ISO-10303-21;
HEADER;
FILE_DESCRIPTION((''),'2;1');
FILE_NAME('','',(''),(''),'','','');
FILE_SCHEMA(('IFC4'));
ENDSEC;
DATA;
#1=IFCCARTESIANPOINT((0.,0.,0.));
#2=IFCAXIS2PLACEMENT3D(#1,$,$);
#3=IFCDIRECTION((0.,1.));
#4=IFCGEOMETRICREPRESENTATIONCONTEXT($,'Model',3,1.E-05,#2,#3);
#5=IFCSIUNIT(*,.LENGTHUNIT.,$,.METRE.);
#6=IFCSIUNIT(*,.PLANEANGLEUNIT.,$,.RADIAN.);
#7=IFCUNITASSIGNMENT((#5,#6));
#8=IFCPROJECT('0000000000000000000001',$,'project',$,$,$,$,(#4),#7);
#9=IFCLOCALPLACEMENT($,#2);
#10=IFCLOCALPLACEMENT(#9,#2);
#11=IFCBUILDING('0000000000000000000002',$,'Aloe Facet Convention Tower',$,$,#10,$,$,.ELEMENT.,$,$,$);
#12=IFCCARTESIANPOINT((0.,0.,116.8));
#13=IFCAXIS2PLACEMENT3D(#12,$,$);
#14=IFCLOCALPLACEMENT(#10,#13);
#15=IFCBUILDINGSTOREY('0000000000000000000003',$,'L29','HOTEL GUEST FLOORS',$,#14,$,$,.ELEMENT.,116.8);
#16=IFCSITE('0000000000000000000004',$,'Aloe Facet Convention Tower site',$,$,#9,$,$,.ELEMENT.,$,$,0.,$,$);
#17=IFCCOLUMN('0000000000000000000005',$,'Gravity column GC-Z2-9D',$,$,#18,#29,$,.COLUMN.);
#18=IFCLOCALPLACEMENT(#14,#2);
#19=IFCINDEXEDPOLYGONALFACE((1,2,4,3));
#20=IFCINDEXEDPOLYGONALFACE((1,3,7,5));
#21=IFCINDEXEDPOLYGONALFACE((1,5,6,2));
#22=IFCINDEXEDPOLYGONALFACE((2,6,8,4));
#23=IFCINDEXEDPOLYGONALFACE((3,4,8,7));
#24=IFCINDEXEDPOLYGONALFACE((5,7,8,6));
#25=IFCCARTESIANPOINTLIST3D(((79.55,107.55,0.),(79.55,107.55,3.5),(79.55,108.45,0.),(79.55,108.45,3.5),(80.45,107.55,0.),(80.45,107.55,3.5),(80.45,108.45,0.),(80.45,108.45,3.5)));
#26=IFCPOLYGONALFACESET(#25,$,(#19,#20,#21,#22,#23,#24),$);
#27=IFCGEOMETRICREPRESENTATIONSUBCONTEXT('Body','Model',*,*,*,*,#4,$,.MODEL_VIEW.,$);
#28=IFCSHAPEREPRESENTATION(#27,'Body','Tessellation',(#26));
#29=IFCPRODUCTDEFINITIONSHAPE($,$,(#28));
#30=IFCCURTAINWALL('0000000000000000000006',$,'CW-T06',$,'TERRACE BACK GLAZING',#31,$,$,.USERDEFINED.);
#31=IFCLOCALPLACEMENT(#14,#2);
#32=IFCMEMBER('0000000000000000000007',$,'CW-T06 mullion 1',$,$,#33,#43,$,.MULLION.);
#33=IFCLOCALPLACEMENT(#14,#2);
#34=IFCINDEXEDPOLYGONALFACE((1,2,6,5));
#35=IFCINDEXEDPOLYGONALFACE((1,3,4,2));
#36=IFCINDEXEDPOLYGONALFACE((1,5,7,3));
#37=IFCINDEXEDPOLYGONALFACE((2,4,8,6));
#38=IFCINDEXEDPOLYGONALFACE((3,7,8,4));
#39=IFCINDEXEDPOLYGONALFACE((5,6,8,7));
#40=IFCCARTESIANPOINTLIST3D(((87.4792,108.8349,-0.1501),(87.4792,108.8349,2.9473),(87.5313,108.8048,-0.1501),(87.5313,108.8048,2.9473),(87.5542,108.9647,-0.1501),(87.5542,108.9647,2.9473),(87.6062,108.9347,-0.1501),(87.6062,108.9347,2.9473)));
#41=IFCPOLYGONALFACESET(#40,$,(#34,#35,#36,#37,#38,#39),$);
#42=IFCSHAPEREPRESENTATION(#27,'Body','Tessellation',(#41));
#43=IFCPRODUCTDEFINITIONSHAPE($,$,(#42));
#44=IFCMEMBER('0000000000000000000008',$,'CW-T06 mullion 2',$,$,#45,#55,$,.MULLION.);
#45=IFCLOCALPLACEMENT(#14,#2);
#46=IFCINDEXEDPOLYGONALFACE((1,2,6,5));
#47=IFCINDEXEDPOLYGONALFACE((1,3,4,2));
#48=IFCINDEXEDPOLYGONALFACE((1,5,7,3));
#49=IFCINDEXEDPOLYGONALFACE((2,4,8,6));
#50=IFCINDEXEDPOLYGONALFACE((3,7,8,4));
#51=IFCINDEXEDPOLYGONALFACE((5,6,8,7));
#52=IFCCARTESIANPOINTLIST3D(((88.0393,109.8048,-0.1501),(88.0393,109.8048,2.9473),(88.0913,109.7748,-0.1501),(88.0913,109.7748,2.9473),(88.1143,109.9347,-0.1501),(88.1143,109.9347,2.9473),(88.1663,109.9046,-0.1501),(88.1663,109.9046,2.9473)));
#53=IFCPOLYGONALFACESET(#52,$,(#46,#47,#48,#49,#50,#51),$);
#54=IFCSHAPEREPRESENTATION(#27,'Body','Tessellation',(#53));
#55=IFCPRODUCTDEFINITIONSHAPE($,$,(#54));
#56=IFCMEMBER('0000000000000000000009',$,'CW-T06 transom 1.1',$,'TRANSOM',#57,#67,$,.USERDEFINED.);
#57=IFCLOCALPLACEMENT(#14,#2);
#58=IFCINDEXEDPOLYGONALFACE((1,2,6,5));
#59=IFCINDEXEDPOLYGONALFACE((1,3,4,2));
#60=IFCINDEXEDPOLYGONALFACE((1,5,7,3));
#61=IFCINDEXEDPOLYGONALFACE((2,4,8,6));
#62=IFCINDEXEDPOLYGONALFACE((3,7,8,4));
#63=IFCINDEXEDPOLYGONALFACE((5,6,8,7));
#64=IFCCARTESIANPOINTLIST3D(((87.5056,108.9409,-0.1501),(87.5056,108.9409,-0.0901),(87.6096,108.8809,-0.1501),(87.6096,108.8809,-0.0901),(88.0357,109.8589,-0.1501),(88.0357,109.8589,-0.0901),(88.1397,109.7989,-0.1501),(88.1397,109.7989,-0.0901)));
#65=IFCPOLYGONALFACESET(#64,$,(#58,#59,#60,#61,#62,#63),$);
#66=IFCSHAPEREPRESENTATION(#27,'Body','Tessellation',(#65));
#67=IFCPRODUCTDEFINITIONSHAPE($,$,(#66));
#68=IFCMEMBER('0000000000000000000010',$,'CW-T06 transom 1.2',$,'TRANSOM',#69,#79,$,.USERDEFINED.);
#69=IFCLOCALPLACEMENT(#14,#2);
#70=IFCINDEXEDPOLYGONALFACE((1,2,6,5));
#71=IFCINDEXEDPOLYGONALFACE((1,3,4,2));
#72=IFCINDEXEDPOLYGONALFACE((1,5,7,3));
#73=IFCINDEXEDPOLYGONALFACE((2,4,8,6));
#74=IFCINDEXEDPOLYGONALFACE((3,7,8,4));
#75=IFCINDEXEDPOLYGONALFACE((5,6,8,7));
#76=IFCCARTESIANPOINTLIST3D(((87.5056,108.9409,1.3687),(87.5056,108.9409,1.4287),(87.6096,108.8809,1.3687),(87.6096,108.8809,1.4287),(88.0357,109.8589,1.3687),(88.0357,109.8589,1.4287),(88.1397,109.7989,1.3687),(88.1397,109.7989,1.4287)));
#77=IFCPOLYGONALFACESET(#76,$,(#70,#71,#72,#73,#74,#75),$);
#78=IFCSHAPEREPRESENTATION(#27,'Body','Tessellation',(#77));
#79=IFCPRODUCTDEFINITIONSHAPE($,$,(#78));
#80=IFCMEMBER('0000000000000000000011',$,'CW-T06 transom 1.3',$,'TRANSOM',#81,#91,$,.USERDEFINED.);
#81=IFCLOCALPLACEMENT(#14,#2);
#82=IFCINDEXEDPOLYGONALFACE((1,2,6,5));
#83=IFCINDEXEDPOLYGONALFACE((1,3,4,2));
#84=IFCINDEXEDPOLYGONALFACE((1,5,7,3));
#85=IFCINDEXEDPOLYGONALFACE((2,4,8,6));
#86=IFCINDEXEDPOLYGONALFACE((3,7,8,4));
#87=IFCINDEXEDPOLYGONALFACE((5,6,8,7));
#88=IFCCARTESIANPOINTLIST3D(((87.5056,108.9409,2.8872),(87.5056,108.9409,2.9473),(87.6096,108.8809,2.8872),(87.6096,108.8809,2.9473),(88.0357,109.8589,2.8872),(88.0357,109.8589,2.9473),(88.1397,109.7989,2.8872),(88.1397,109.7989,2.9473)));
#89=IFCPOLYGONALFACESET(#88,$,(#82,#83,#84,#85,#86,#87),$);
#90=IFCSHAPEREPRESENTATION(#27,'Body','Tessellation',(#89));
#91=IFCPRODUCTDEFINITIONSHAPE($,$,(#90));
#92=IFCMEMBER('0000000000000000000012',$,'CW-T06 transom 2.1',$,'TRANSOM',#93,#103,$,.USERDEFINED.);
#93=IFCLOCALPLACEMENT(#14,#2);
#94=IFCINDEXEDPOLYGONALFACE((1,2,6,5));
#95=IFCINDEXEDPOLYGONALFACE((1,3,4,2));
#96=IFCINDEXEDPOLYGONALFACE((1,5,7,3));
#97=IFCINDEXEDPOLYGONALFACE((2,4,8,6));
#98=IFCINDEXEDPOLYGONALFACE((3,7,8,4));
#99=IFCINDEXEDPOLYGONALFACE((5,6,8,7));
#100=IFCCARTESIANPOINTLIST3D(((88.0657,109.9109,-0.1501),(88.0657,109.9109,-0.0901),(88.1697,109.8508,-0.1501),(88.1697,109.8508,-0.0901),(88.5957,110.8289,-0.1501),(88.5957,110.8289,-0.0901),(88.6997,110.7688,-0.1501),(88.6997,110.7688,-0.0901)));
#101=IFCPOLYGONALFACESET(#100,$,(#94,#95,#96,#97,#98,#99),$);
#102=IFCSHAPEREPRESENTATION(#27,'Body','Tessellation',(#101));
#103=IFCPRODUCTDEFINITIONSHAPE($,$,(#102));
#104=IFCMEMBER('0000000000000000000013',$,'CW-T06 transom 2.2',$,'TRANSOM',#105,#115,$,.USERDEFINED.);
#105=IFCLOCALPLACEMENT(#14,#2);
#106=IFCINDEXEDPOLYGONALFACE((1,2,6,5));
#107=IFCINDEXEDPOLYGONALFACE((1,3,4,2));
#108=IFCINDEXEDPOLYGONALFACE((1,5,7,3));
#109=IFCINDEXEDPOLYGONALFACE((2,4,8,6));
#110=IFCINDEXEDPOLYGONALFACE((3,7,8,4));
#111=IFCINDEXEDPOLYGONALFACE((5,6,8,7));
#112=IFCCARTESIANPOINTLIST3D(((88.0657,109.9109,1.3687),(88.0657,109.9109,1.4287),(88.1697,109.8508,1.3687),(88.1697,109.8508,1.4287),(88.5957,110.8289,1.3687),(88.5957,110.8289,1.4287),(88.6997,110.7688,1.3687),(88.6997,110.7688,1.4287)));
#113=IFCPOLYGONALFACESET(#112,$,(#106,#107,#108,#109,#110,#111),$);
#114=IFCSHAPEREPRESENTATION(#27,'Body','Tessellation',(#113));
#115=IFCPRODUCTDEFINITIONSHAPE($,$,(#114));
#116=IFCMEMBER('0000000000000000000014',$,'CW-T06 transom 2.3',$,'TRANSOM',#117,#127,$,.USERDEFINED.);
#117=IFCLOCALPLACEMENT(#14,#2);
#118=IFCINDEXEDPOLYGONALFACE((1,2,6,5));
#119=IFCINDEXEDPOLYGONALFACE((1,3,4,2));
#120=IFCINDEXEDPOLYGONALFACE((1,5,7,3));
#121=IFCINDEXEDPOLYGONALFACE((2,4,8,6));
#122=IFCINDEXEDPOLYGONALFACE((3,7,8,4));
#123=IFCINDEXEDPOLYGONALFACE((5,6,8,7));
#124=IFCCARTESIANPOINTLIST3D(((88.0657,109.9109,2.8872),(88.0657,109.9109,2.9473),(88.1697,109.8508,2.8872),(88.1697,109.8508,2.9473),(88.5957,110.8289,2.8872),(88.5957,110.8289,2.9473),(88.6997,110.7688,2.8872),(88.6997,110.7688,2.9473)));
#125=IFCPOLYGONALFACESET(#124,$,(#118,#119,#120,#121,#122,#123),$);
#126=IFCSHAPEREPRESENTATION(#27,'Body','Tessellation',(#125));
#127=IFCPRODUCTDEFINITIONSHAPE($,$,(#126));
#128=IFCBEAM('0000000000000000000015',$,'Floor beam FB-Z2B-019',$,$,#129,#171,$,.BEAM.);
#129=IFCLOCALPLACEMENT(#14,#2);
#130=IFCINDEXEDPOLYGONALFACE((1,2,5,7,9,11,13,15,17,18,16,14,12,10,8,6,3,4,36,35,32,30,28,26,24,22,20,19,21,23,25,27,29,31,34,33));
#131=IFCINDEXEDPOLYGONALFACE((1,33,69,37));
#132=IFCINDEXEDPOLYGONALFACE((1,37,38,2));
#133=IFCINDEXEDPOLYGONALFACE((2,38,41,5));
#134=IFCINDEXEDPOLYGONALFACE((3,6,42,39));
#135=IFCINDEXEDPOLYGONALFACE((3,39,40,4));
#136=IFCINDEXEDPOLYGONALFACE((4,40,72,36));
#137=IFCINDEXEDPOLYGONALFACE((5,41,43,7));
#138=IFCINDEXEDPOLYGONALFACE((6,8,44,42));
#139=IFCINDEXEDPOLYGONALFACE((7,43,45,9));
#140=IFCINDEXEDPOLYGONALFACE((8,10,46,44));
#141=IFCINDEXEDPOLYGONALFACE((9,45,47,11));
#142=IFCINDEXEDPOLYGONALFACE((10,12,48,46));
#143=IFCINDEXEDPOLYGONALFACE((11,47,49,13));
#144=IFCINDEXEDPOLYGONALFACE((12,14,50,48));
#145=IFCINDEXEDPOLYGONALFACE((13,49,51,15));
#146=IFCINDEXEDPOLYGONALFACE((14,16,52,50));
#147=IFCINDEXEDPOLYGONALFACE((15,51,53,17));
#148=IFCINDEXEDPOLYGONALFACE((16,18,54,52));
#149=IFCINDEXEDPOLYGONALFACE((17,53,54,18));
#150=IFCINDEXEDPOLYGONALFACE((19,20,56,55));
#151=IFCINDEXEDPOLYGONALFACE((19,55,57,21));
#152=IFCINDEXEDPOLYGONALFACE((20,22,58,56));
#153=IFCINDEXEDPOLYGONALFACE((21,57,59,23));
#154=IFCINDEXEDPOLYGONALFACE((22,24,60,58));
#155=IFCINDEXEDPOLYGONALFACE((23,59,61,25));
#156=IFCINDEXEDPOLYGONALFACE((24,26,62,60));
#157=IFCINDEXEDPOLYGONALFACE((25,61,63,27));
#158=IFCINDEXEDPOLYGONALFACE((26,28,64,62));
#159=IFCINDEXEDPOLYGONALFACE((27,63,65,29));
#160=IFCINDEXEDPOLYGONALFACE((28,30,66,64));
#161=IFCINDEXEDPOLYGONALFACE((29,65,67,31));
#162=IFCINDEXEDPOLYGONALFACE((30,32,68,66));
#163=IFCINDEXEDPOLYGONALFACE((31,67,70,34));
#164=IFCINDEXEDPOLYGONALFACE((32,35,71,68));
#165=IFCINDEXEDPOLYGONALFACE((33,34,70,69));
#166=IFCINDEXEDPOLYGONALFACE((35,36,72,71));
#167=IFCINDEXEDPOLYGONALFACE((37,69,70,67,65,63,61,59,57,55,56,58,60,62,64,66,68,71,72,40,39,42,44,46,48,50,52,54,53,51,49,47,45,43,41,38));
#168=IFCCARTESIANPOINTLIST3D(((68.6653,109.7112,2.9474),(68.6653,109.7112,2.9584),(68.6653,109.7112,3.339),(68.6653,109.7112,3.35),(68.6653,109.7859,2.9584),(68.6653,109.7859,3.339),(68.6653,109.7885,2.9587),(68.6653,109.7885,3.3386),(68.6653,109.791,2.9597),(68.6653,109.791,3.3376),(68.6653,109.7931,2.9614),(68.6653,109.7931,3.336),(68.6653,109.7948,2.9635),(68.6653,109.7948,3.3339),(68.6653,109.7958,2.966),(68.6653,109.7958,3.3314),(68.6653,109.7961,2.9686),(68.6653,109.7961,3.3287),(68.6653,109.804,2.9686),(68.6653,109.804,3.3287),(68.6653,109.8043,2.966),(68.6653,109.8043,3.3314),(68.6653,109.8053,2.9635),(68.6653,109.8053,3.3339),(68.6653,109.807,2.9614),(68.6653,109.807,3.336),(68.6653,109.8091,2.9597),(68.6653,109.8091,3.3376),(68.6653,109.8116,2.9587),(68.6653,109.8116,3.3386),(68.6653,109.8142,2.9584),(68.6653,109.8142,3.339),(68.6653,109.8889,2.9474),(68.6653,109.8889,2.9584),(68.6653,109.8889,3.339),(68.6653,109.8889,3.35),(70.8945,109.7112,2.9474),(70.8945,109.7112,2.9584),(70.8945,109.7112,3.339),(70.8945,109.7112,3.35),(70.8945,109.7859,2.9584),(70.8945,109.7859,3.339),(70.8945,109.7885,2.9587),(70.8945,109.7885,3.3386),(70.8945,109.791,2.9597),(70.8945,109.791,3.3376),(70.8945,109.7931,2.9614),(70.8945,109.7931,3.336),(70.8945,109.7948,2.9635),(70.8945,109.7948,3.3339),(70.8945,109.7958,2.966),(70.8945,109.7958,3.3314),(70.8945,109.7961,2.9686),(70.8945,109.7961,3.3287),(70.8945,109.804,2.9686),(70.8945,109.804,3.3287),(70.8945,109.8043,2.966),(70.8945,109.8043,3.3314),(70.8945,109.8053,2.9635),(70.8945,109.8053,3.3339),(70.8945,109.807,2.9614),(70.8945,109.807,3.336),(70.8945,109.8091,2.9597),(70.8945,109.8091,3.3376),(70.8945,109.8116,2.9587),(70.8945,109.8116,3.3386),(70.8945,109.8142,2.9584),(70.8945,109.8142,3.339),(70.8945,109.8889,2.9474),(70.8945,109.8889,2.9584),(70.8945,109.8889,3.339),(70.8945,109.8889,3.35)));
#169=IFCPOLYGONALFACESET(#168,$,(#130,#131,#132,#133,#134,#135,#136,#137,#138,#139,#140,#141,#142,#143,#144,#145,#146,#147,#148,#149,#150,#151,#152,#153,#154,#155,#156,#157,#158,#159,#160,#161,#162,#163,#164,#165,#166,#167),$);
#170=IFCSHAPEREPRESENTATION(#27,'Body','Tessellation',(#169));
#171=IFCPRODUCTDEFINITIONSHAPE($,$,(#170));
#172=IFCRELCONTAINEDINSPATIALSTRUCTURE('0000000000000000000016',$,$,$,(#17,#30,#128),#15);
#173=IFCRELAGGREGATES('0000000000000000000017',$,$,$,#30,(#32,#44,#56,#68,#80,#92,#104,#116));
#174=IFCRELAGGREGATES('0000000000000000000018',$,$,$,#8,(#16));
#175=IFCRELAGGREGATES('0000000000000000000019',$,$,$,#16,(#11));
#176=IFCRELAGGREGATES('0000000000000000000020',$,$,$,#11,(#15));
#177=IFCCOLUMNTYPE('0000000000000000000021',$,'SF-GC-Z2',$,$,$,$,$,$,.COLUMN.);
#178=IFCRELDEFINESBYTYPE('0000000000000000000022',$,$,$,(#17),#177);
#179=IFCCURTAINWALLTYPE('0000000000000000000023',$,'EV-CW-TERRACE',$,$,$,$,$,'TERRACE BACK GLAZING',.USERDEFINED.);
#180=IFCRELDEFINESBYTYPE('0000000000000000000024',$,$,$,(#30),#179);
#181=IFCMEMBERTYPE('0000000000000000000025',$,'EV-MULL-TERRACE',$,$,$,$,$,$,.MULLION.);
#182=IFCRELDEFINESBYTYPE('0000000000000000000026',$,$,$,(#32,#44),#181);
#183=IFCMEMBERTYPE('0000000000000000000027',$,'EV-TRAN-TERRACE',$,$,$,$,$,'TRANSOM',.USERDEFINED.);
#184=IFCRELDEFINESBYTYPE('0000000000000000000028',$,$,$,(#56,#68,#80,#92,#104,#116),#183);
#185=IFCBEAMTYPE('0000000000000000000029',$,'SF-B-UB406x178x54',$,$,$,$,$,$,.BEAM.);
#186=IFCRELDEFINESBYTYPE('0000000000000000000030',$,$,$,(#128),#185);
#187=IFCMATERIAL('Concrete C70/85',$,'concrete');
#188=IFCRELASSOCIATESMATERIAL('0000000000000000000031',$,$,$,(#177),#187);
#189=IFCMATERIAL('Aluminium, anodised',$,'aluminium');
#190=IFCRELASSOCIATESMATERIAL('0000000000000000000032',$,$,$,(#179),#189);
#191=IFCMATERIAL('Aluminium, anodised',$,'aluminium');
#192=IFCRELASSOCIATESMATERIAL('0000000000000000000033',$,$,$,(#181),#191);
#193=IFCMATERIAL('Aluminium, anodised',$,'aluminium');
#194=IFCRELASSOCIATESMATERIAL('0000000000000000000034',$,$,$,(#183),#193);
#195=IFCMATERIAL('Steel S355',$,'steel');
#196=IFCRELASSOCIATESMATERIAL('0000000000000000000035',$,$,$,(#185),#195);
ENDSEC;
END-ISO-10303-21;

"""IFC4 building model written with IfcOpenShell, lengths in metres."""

from ifc_helpers import new_model, si_unit, direction, frame, origin, origin_2d, place, context, subcontext, project, spatial, rectangle, i_section, extrude, material, material_profile, profile_set, type_object, element, aggregate, save


model = new_model("IFC4")

# Units and contexts
model_context = context("Model", 3, precision=1e-05, world=origin(), true_north=direction((0.0, 1.0)))
body_context = subcontext(model_context, "Body", "Model", "MODEL_VIEW")
ifc_project = project(units=[si_unit("LENGTHUNIT", "METRE"), si_unit("PLANEANGLEUNIT", "RADIAN")], contexts=[model_context])

# Site, building, storey
site_placement = place(None, origin())
site = spatial("IfcSite", under=ifc_project, at=site_placement, Name="Aloe Facet Convention Tower site", CompositionType="ELEMENT", RefElevation=0.0)
building_placement = place(site_placement, origin())
building = spatial("IfcBuilding", under=site, at=building_placement, Name="Aloe Facet Convention Tower", CompositionType="ELEMENT")
storey_placement = place(building_placement, frame((0.0, 0.0, 116.8)))
storey = spatial("IfcBuildingStorey", under=building, at=storey_placement, Name="L29", Description="HOTEL GUEST FLOORS", CompositionType="ELEMENT", Elevation=116.8)

# Column
ifc_material_1 = material(Name="Concrete C70/85", Category="concrete")
ifc_material_profile_1 = material_profile(ifc_material_1, rectangle(XDim=0.8999, YDim=0.8999, at=origin_2d()), Name="SF-GC-Z2")
ifc_profile_set_1 = profile_set([ifc_material_profile_1], Name="Concrete C70/85")
column_type = type_object("IfcColumnType", Name="SF-GC-Z2", PredefinedType="COLUMN", material=ifc_profile_set_1)
column_placement = place(storey_placement, frame((80.0, 108.0, 0.0), z_axis=(0.0, 0.0, 1.0), x_axis=(1.0, 0.0, 0.0)))
element("IfcColumn", 1, at=column_placement, inside=storey, type_object=column_type, Name="Gravity column GC-Z2-9D", PredefinedType="COLUMN", context=body_context, shape_type="SweptSolid", body=[
    extrude(rectangle(XDim=0.8999, YDim=0.8999, at=origin_2d()), origin(), (0.0, 0.0, 1.0), 3.5),
])

# Curtain wall, members
ifc_material_2 = material(Name="Aluminium, anodised", Category="aluminium")
curtain_wall_type = type_object("IfcCurtainWallType", Name="EV-CW-TERRACE", ElementType="TERRACE BACK GLAZING", PredefinedType="USERDEFINED", material=ifc_material_2)
curtain_wall_placement = place(storey_placement, origin())
curtain_wall = element("IfcCurtainWall", 2, at=curtain_wall_placement, inside=storey, type_object=curtain_wall_type, Name="CW-T06", ObjectType="TERRACE BACK GLAZING", PredefinedType="USERDEFINED")
ifc_material_3 = material(Name="Aluminium, anodised", Category="aluminium")
ifc_material_profile_2 = material_profile(ifc_material_3, rectangle(XDim=0.0601, YDim=0.1499, at=origin_2d()), Name="AL 60x150")
ifc_profile_set_2 = profile_set([ifc_material_profile_2], Name="Aluminium, anodised")
member_type_1 = type_object("IfcMemberType", Name="EV-MULL-TERRACE", PredefinedType="MULLION", material=ifc_profile_set_2)
member_1_placement = place(storey_placement, frame((87.5427, 108.8848, -0.1501), z_axis=(0.0, 0.0, 1.0), x_axis=(-0.866025, 0.5, 0.0)))
member_1 = element("IfcMember", 3, at=member_1_placement, type_object=member_type_1, Name="CW-T06 mullion 1", PredefinedType="MULLION", context=body_context, shape_type="SweptSolid", body=[
    extrude(rectangle(XDim=0.0601, YDim=0.1499, at=origin_2d()), origin(), (0.0, 0.0, 1.0), 3.0974),
])
member_2_placement = place(storey_placement, frame((88.1028, 109.8547, -0.1501), z_axis=(0.0, 0.0, 1.0), x_axis=(-0.866025, 0.5, 0.0)))
member_2 = element("IfcMember", 4, at=member_2_placement, type_object=member_type_1, Name="CW-T06 mullion 2", PredefinedType="MULLION", context=body_context, shape_type="SweptSolid", body=[
    extrude(rectangle(XDim=0.0601, YDim=0.1499, at=origin_2d()), origin(), (0.0, 0.0, 1.0), 3.0974),
])
ifc_material_4 = material(Name="Aluminium, anodised", Category="aluminium")
ifc_material_profile_3 = material_profile(ifc_material_4, rectangle(XDim=0.1201, YDim=0.0601, at=origin_2d()), Name="AL 120x60")
ifc_profile_set_3 = profile_set([ifc_material_profile_3], Name="Aluminium, anodised")
member_type_2 = type_object("IfcMemberType", Name="EV-TRAN-TERRACE", ElementType="TRANSOM", PredefinedType="USERDEFINED", material=ifc_profile_set_3)
member_3_placement = place(storey_placement, frame((87.5576, 108.9109, -0.1201), z_axis=(0.500028, 0.866009, 0.0), x_axis=(-0.866009, 0.500028, 0.0)))
member_3 = element("IfcMember", 5, at=member_3_placement, type_object=member_type_2, Name="CW-T06 transom 1.1", ObjectType="TRANSOM", PredefinedType="USERDEFINED", context=body_context, shape_type="SweptSolid", body=[
    extrude(rectangle(XDim=0.1201, YDim=0.0601, at=origin_2d()), origin(), (0.0, 0.0, 1.0), 1.0601),
])
member_4_placement = place(storey_placement, frame((87.5576, 108.9109, 1.3987), z_axis=(0.500028, 0.866009, 0.0), x_axis=(-0.866009, 0.500028, 0.0)))
member_4 = element("IfcMember", 6, at=member_4_placement, type_object=member_type_2, Name="CW-T06 transom 1.2", ObjectType="TRANSOM", PredefinedType="USERDEFINED", context=body_context, shape_type="SweptSolid", body=[
    extrude(rectangle(XDim=0.1201, YDim=0.0601, at=origin_2d()), origin(), (0.0, 0.0, 1.0), 1.0601),
])
member_5_placement = place(storey_placement, frame((87.5576, 108.9109, 2.9172), z_axis=(0.500028, 0.866009, 0.0), x_axis=(-0.866009, 0.500028, 0.0)))
member_5 = element("IfcMember", 7, at=member_5_placement, type_object=member_type_2, Name="CW-T06 transom 1.3", ObjectType="TRANSOM", PredefinedType="USERDEFINED", context=body_context, shape_type="SweptSolid", body=[
    extrude(rectangle(XDim=0.1201, YDim=0.0601, at=origin_2d()), origin(), (0.0, 0.0, 1.0), 1.0601),
])
member_6_placement = place(storey_placement, frame((88.1177, 109.8809, -0.1201), z_axis=(0.500028, 0.866009, 0.0), x_axis=(-0.866009, 0.500028, 0.0)))
member_6 = element("IfcMember", 8, at=member_6_placement, type_object=member_type_2, Name="CW-T06 transom 2.1", ObjectType="TRANSOM", PredefinedType="USERDEFINED", context=body_context, shape_type="SweptSolid", body=[
    extrude(rectangle(XDim=0.1201, YDim=0.0601, at=origin_2d()), origin(), (0.0, 0.0, 1.0), 1.0601),
])
member_7_placement = place(storey_placement, frame((88.1177, 109.8809, 1.3987), z_axis=(0.500028, 0.866009, 0.0), x_axis=(-0.866009, 0.500028, 0.0)))
member_7 = element("IfcMember", 9, at=member_7_placement, type_object=member_type_2, Name="CW-T06 transom 2.2", ObjectType="TRANSOM", PredefinedType="USERDEFINED", context=body_context, shape_type="SweptSolid", body=[
    extrude(rectangle(XDim=0.1201, YDim=0.0601, at=origin_2d()), origin(), (0.0, 0.0, 1.0), 1.0601),
])
member_8_placement = place(storey_placement, frame((88.1177, 109.8809, 2.9172), z_axis=(0.500028, 0.866009, 0.0), x_axis=(-0.866009, 0.500028, 0.0)))
member_8 = element("IfcMember", 10, at=member_8_placement, type_object=member_type_2, Name="CW-T06 transom 2.3", ObjectType="TRANSOM", PredefinedType="USERDEFINED", context=body_context, shape_type="SweptSolid", body=[
    extrude(rectangle(XDim=0.1201, YDim=0.0601, at=origin_2d()), origin(), (0.0, 0.0, 1.0), 1.0601),
])

# Beam
ifc_material_5 = material(Name="Steel S355", Category="steel")
ifc_material_profile_4 = material_profile(ifc_material_5, i_section(OverallWidth=0.1777, OverallDepth=0.4026, WebThickness=0.0078, FlangeThickness=0.011, FilletRadius=0.0103, at=origin_2d()), Name="UB 406x178x54")
ifc_profile_set_4 = profile_set([ifc_material_profile_4], Name="Steel S355")
beam_type_1 = type_object("IfcBeamType", Name="SF-B-UB406x178x54", PredefinedType="BEAM", material=ifc_profile_set_4)
beam_1_placement = place(storey_placement, frame((68.6653, 109.8, 3.1487), z_axis=(1.0, 0.0, 0.0), x_axis=(0.0, 1.0, 0.0)))
element("IfcBeam", 11, at=beam_1_placement, inside=storey, type_object=beam_type_1, Name="Floor beam FB-Z2B-019", PredefinedType="BEAM", context=body_context, shape_type="SweptSolid", body=[
    extrude(i_section(OverallWidth=0.1777, OverallDepth=0.4026, WebThickness=0.0078, FlangeThickness=0.011, FilletRadius=0.0103, at=origin_2d()), origin(), (0.0, 0.0, 1.0), 2.2292),
])

aggregate(curtain_wall, [member_1, member_2, member_3, member_4, member_5, member_6, member_7, member_8])

save(model, "model.ifc")
